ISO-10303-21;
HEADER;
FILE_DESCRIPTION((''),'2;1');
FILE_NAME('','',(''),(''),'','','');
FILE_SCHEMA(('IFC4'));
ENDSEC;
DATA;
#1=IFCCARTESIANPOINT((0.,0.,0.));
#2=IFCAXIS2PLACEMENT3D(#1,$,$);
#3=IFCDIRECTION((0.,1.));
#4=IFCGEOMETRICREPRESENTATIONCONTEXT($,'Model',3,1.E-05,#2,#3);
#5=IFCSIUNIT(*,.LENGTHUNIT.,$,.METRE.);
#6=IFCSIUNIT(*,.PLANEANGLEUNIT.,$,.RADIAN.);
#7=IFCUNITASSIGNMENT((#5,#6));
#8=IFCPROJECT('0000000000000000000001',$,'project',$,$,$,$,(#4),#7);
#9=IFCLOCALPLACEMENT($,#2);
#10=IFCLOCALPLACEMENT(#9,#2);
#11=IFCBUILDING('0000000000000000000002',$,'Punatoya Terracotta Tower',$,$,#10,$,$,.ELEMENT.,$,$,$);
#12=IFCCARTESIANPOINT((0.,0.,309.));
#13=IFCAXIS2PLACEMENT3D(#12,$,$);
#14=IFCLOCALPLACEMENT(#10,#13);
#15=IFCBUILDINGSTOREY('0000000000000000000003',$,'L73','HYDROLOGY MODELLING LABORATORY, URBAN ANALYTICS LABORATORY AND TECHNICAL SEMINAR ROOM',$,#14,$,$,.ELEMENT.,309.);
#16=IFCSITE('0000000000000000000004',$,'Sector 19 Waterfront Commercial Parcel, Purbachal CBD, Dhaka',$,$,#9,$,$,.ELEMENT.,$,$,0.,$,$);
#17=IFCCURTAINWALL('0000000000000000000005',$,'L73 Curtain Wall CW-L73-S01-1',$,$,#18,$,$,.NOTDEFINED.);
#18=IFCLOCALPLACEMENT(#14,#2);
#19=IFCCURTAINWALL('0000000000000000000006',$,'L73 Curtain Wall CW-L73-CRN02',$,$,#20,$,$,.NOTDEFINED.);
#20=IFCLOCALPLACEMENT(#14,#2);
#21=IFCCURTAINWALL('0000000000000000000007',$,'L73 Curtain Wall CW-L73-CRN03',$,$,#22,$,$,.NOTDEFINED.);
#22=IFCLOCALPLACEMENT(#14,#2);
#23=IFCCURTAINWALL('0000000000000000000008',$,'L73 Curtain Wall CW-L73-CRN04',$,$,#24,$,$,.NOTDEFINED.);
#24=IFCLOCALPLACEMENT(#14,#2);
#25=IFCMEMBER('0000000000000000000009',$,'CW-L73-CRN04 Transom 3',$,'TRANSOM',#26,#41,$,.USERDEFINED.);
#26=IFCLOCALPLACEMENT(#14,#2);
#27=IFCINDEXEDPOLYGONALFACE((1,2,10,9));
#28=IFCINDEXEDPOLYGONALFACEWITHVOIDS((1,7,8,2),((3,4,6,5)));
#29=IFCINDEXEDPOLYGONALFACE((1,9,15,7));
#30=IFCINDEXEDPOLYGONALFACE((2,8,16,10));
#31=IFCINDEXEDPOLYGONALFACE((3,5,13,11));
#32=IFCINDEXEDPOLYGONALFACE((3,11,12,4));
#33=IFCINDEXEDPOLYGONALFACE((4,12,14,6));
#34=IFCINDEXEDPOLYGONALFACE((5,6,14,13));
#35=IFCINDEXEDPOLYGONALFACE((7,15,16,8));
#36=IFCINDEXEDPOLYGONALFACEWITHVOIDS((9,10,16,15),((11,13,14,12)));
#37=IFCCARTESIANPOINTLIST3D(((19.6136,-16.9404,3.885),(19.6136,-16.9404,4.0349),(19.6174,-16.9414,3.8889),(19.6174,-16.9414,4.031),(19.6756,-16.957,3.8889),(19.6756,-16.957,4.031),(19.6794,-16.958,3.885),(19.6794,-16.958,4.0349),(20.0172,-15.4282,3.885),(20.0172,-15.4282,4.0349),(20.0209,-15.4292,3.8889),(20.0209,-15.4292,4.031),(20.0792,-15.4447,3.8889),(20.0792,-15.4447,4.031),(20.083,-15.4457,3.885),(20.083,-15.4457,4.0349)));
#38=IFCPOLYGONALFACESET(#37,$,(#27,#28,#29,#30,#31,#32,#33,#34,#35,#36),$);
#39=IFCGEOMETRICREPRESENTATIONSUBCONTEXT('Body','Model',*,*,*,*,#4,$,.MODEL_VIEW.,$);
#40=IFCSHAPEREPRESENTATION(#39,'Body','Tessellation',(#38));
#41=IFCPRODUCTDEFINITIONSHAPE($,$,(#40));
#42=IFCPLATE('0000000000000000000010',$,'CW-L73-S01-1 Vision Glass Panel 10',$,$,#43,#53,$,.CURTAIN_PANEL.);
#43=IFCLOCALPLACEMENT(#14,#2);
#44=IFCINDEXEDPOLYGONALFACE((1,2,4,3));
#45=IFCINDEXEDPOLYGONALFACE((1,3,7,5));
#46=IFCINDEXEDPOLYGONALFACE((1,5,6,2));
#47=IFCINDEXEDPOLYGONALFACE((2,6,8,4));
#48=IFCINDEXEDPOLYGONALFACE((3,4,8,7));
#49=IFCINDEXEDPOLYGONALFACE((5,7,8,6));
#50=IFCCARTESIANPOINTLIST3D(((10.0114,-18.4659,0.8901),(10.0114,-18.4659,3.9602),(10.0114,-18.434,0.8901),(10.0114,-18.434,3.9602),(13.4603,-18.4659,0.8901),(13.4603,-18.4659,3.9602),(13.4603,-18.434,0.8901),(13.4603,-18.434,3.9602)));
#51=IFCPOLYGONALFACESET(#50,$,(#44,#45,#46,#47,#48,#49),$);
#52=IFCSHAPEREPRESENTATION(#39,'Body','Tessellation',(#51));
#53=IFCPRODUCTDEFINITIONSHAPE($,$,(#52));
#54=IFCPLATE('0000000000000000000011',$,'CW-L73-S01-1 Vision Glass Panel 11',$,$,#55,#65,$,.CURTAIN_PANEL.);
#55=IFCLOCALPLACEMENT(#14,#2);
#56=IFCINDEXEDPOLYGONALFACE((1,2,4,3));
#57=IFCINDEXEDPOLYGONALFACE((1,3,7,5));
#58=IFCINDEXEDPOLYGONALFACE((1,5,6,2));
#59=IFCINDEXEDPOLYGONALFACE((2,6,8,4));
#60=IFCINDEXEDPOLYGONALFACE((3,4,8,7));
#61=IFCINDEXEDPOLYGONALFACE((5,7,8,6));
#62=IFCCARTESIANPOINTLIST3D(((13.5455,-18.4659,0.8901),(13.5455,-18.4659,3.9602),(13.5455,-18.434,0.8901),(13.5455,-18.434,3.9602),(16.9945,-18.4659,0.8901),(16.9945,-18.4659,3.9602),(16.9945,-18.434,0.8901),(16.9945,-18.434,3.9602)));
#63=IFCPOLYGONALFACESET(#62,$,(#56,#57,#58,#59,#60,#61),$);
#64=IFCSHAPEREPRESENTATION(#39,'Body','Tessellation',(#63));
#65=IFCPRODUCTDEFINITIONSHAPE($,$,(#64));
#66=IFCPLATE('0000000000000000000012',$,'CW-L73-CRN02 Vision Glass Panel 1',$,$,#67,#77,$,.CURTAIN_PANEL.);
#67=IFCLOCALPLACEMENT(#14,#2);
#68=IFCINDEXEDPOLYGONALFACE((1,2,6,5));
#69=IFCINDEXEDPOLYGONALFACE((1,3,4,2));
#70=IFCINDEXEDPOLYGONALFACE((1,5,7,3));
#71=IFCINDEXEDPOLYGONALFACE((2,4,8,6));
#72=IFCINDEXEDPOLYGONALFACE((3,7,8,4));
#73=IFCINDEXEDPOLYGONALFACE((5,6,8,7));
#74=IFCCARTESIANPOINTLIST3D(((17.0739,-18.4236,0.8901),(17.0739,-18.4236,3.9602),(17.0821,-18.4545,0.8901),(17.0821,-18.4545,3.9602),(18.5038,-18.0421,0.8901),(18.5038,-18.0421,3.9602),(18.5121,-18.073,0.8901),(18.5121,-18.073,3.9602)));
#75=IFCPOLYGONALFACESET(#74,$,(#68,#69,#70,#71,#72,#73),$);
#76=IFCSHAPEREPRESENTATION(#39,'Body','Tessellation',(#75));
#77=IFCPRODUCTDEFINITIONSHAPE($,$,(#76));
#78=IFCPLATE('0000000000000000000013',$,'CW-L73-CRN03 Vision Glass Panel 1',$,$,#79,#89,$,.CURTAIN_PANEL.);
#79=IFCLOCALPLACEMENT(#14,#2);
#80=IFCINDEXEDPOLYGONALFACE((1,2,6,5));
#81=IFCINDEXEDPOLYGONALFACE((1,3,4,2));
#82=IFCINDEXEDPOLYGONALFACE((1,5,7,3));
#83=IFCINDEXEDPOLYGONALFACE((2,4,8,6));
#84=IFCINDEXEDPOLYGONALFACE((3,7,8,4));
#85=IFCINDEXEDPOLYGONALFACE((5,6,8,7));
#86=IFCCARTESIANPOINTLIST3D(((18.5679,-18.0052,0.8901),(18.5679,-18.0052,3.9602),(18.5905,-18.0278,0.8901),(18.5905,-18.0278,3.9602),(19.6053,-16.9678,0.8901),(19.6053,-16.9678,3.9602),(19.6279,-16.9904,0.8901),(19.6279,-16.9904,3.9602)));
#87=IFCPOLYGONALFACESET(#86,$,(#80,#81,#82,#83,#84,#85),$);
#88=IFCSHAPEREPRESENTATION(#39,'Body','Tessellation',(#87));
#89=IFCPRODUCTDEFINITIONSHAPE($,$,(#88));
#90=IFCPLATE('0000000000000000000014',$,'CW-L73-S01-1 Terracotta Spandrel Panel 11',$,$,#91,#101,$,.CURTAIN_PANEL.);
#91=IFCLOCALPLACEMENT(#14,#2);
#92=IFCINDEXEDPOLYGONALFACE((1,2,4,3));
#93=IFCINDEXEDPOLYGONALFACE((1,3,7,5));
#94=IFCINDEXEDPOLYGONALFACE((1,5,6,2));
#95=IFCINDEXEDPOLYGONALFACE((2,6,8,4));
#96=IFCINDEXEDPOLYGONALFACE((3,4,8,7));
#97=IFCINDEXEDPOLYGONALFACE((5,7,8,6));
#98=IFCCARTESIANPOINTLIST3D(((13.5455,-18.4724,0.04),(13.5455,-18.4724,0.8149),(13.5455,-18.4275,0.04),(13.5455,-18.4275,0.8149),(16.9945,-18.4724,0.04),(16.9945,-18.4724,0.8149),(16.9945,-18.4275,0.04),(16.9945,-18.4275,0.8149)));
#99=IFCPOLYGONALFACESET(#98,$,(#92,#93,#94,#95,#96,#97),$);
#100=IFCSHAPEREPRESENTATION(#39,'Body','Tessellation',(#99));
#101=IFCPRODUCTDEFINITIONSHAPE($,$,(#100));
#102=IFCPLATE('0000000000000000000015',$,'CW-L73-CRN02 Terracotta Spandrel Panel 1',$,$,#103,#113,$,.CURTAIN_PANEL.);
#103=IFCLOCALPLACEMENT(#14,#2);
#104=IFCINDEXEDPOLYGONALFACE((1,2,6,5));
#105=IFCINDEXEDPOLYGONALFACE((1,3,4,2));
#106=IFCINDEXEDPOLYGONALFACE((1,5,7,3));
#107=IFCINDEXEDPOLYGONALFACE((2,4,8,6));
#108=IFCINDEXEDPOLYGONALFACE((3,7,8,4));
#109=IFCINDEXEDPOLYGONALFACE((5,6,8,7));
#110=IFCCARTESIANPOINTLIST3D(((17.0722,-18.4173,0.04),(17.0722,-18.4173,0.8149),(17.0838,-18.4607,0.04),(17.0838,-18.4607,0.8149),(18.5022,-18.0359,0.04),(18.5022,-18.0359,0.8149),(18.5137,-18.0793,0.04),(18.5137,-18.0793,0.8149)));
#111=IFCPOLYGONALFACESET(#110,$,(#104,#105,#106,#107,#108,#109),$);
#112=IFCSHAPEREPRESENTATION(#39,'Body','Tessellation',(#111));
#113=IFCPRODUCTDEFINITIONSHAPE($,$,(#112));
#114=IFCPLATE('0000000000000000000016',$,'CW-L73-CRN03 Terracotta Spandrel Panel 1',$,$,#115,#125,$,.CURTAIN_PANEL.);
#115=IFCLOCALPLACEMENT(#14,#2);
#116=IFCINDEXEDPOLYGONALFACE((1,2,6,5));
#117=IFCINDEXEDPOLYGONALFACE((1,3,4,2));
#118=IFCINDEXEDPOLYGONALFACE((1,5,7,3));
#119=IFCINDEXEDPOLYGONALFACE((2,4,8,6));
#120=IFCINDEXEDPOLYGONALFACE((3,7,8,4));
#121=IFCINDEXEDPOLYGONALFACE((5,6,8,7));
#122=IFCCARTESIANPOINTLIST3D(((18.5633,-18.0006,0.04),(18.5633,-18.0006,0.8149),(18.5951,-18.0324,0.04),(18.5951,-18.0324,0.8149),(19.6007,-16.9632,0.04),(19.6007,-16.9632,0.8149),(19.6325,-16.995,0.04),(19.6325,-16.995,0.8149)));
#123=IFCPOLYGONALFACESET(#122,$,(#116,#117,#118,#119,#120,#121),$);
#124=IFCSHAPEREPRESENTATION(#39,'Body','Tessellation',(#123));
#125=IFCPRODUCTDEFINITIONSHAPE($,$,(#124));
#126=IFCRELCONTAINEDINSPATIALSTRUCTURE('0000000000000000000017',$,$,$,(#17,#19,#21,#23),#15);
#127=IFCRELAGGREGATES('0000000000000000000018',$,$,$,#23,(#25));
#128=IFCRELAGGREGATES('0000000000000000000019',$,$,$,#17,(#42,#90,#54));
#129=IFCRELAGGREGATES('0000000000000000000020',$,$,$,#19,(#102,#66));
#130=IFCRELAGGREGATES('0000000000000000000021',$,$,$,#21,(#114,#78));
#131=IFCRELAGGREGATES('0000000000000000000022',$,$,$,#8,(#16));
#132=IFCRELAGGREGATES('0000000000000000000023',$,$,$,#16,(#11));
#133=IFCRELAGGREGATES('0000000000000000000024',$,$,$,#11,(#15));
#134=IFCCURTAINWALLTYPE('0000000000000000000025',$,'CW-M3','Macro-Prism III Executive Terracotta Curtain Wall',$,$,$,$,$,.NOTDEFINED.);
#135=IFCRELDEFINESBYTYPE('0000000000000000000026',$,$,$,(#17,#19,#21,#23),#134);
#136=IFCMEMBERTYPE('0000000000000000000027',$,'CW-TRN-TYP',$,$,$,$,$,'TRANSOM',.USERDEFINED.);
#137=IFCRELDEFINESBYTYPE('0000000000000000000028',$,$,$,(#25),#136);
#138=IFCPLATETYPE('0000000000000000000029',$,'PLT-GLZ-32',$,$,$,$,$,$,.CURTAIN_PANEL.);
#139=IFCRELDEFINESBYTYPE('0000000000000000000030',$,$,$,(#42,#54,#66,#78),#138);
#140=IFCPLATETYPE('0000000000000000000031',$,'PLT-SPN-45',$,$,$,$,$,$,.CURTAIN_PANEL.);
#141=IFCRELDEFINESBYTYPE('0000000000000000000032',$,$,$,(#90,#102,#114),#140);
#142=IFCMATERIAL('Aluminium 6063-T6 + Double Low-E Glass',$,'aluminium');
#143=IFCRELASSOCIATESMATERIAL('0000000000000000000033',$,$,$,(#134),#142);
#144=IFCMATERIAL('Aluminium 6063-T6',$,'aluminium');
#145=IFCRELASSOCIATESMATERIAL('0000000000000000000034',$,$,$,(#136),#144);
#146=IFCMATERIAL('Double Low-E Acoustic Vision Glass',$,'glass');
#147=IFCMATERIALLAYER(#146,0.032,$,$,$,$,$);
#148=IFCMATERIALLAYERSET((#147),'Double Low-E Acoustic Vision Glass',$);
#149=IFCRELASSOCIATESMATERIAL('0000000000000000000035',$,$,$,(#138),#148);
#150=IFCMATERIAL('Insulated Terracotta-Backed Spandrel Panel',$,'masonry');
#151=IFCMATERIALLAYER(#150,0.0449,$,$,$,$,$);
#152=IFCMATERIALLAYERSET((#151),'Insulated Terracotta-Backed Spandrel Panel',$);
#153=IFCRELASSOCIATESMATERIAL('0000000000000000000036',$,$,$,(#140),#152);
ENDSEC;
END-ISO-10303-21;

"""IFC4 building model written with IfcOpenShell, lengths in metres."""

from ifc_helpers import new_model, si_unit, direction, frame, origin, origin_2d, place, context, subcontext, project, spatial, rectangle, hollow_rectangle, extrude, material, layer, layer_set, material_profile, profile_set, type_object, element, aggregate, save


model = new_model("IFC4")

# Units and contexts
model_context = context("Model", 3, precision=1e-05, world=origin(), true_north=direction((0.0, 1.0)))
body_context = subcontext(model_context, "Body", "Model", "MODEL_VIEW")
ifc_project = project(units=[si_unit("LENGTHUNIT", "METRE"), si_unit("PLANEANGLEUNIT", "RADIAN")], contexts=[model_context])

# Site, building, storey
site_placement = place(None, origin())
site = spatial("IfcSite", under=ifc_project, at=site_placement, Name="Sector 19 Waterfront Commercial Parcel, Purbachal CBD, Dhaka", CompositionType="ELEMENT", RefElevation=0.0)
building_placement = place(site_placement, origin())
building = spatial("IfcBuilding", under=site, at=building_placement, Name="Punatoya Terracotta Tower", CompositionType="ELEMENT")
storey_placement = place(building_placement, frame((0.0, 0.0, 309.0)))
storey = spatial("IfcBuildingStorey", under=building, at=storey_placement, Name="L73", Description="HYDROLOGY MODELLING LABORATORY, URBAN ANALYTICS LABORATORY AND TECHNICAL SEMINAR ROOM", CompositionType="ELEMENT", Elevation=309.0)

# Curtain walls
ifc_material_1 = material(Name="Aluminium 6063-T6 + Double Low-E Glass", Category="aluminium")
curtain_wall_type = type_object("IfcCurtainWallType", Name="CW-M3", Description="Macro-Prism III Executive Terracotta Curtain Wall", PredefinedType="NOTDEFINED", material=ifc_material_1)
curtain_wall_1_placement = place(storey_placement, origin())
curtain_wall_1 = element("IfcCurtainWall", 1, at=curtain_wall_1_placement, inside=storey, type_object=curtain_wall_type, Name="L73 Curtain Wall CW-L73-S01-1", PredefinedType="NOTDEFINED")
ifc_material_2 = material(Name="Aluminium 6063-T6", Category="aluminium")
curtain_wall_2_placement = place(storey_placement, origin())
curtain_wall_2 = element("IfcCurtainWall", 2, at=curtain_wall_2_placement, inside=storey, type_object=curtain_wall_type, Name="L73 Curtain Wall CW-L73-CRN02", PredefinedType="NOTDEFINED")
curtain_wall_3_placement = place(storey_placement, origin())
curtain_wall_3 = element("IfcCurtainWall", 3, at=curtain_wall_3_placement, inside=storey, type_object=curtain_wall_type, Name="L73 Curtain Wall CW-L73-CRN03", PredefinedType="NOTDEFINED")

# Curtain wall
curtain_wall_4_placement = place(storey_placement, origin())
curtain_wall_4 = element("IfcCurtainWall", 4, at=curtain_wall_4_placement, inside=storey, type_object=curtain_wall_type, Name="L73 Curtain Wall CW-L73-CRN04", PredefinedType="NOTDEFINED")

# Member
ifc_material_profile_1 = material_profile(ifc_material_2, hollow_rectangle(XDim=0.0681, YDim=0.1499, WallThickness=0.0039, at=origin_2d()))
ifc_profile_set_1 = profile_set([ifc_material_profile_1], Name="Aluminium 6063-T6")
member_type_1 = type_object("IfcMemberType", Name="CW-TRN-TYP", ElementType="TRANSOM", PredefinedType="USERDEFINED", material=ifc_profile_set_1)
member_1_placement = place(storey_placement, frame((19.6465, -16.9492, 3.96), z_axis=(0.257847, 0.966186, 0.0), x_axis=(-0.966186, 0.257847, 0.0)))
member_1 = element("IfcMember", 5, at=member_1_placement, type_object=member_type_1, Name="CW-L73-CRN04 Transom 3", ObjectType="TRANSOM", PredefinedType="USERDEFINED", context=body_context, shape_type="SweptSolid", body=[
    extrude(hollow_rectangle(XDim=0.0681, YDim=0.1499, WallThickness=0.0039, at=origin_2d()), origin(), (0.0, 0.0, 1.0), 1.5652),
])
aggregate(curtain_wall_4, [member_1])

# Plates
ifc_material_3 = material(Name="Double Low-E Acoustic Vision Glass", Category="glass")
ifc_layer_1 = layer(ifc_material_3, 0.032)
ifc_layer_set_1 = layer_set([ifc_layer_1], Name="Double Low-E Acoustic Vision Glass")
plate_type_1 = type_object("IfcPlateType", Name="PLT-GLZ-32", PredefinedType="CURTAIN_PANEL", material=ifc_layer_set_1)
plate_1_placement = place(storey_placement, frame((11.7358, -18.45, 0.8901), z_axis=(0.0, 0.0, 1.0), x_axis=(1.0, 0.0, 0.0)))
plate_1 = element("IfcPlate", 6, at=plate_1_placement, type_object=plate_type_1, Name="CW-L73-S01-1 Vision Glass Panel 10", PredefinedType="CURTAIN_PANEL", context=body_context, shape_type="SweptSolid", body=[
    extrude(rectangle(XDim=3.449, YDim=0.032, at=origin_2d()), origin(), (0.0, 0.0, 1.0), 3.0701),
])
plate_2_placement = place(storey_placement, frame((15.27, -18.45, 0.8901), z_axis=(0.0, 0.0, 1.0), x_axis=(1.0, 0.0, 0.0)))
plate_2 = element("IfcPlate", 7, at=plate_2_placement, type_object=plate_type_1, Name="CW-L73-S01-1 Vision Glass Panel 11", PredefinedType="CURTAIN_PANEL", context=body_context, shape_type="SweptSolid", body=[
    extrude(rectangle(XDim=3.449, YDim=0.032, at=origin_2d()), origin(), (0.0, 0.0, 1.0), 3.0701),
])
plate_3_placement = place(storey_placement, frame((17.793, -18.2483, 0.8901), z_axis=(0.0, 0.0, 1.0), x_axis=(0.966214, 0.257742, 0.0)))
plate_3 = element("IfcPlate", 8, at=plate_3_placement, type_object=plate_type_1, Name="CW-L73-CRN02 Vision Glass Panel 1", PredefinedType="CURTAIN_PANEL", context=body_context, shape_type="SweptSolid", body=[
    extrude(rectangle(XDim=1.48, YDim=0.032, at=origin_2d()), origin(), (0.0, 0.0, 1.0), 3.0701),
])
plate_4_placement = place(storey_placement, frame((19.0979, -17.4978, 0.8901), z_axis=(0.0, 0.0, 1.0), x_axis=(0.707107, 0.707107, 0.0)))
plate_4 = element("IfcPlate", 9, at=plate_4_placement, type_object=plate_type_1, Name="CW-L73-CRN03 Vision Glass Panel 1", PredefinedType="CURTAIN_PANEL", context=body_context, shape_type="SweptSolid", body=[
    extrude(rectangle(XDim=1.467, YDim=0.032, at=origin_2d()), origin(), (0.0, 0.0, 1.0), 3.0701),
])
ifc_material_4 = material(Name="Insulated Terracotta-Backed Spandrel Panel", Category="masonry")
ifc_layer_2 = layer(ifc_material_4, 0.0449)
ifc_layer_set_2 = layer_set([ifc_layer_2], Name="Insulated Terracotta-Backed Spandrel Panel")
plate_type_2 = type_object("IfcPlateType", Name="PLT-SPN-45", PredefinedType="CURTAIN_PANEL", material=ifc_layer_set_2)
plate_5_placement = place(storey_placement, frame((15.27, -18.45, 0.04), z_axis=(0.0, 0.0, 1.0), x_axis=(1.0, 0.0, 0.0)))
plate_5 = element("IfcPlate", 10, at=plate_5_placement, type_object=plate_type_2, Name="CW-L73-S01-1 Terracotta Spandrel Panel 11", PredefinedType="CURTAIN_PANEL", context=body_context, shape_type="SweptSolid", body=[
    extrude(rectangle(XDim=3.449, YDim=0.0449, at=origin_2d()), origin(), (0.0, 0.0, 1.0), 0.7749),
])
aggregate(curtain_wall_1, [plate_1, plate_5, plate_2])
plate_6_placement = place(storey_placement, frame((17.793, -18.2483, 0.04), z_axis=(0.0, 0.0, 1.0), x_axis=(0.966214, 0.257742, 0.0)))
plate_6 = element("IfcPlate", 11, at=plate_6_placement, type_object=plate_type_2, Name="CW-L73-CRN02 Terracotta Spandrel Panel 1", PredefinedType="CURTAIN_PANEL", context=body_context, shape_type="SweptSolid", body=[
    extrude(rectangle(XDim=1.48, YDim=0.0449, at=origin_2d()), origin(), (0.0, 0.0, 1.0), 0.7749),
])
aggregate(curtain_wall_2, [plate_6, plate_3])
plate_7_placement = place(storey_placement, frame((19.0979, -17.4978, 0.04), z_axis=(0.0, 0.0, 1.0), x_axis=(0.707107, 0.707107, 0.0)))
plate_7 = element("IfcPlate", 12, at=plate_7_placement, type_object=plate_type_2, Name="CW-L73-CRN03 Terracotta Spandrel Panel 1", PredefinedType="CURTAIN_PANEL", context=body_context, shape_type="SweptSolid", body=[
    extrude(rectangle(XDim=1.467, YDim=0.0449, at=origin_2d()), origin(), (0.0, 0.0, 1.0), 0.7749),
])
aggregate(curtain_wall_3, [plate_7, plate_4])

save(model, "model.ifc")
